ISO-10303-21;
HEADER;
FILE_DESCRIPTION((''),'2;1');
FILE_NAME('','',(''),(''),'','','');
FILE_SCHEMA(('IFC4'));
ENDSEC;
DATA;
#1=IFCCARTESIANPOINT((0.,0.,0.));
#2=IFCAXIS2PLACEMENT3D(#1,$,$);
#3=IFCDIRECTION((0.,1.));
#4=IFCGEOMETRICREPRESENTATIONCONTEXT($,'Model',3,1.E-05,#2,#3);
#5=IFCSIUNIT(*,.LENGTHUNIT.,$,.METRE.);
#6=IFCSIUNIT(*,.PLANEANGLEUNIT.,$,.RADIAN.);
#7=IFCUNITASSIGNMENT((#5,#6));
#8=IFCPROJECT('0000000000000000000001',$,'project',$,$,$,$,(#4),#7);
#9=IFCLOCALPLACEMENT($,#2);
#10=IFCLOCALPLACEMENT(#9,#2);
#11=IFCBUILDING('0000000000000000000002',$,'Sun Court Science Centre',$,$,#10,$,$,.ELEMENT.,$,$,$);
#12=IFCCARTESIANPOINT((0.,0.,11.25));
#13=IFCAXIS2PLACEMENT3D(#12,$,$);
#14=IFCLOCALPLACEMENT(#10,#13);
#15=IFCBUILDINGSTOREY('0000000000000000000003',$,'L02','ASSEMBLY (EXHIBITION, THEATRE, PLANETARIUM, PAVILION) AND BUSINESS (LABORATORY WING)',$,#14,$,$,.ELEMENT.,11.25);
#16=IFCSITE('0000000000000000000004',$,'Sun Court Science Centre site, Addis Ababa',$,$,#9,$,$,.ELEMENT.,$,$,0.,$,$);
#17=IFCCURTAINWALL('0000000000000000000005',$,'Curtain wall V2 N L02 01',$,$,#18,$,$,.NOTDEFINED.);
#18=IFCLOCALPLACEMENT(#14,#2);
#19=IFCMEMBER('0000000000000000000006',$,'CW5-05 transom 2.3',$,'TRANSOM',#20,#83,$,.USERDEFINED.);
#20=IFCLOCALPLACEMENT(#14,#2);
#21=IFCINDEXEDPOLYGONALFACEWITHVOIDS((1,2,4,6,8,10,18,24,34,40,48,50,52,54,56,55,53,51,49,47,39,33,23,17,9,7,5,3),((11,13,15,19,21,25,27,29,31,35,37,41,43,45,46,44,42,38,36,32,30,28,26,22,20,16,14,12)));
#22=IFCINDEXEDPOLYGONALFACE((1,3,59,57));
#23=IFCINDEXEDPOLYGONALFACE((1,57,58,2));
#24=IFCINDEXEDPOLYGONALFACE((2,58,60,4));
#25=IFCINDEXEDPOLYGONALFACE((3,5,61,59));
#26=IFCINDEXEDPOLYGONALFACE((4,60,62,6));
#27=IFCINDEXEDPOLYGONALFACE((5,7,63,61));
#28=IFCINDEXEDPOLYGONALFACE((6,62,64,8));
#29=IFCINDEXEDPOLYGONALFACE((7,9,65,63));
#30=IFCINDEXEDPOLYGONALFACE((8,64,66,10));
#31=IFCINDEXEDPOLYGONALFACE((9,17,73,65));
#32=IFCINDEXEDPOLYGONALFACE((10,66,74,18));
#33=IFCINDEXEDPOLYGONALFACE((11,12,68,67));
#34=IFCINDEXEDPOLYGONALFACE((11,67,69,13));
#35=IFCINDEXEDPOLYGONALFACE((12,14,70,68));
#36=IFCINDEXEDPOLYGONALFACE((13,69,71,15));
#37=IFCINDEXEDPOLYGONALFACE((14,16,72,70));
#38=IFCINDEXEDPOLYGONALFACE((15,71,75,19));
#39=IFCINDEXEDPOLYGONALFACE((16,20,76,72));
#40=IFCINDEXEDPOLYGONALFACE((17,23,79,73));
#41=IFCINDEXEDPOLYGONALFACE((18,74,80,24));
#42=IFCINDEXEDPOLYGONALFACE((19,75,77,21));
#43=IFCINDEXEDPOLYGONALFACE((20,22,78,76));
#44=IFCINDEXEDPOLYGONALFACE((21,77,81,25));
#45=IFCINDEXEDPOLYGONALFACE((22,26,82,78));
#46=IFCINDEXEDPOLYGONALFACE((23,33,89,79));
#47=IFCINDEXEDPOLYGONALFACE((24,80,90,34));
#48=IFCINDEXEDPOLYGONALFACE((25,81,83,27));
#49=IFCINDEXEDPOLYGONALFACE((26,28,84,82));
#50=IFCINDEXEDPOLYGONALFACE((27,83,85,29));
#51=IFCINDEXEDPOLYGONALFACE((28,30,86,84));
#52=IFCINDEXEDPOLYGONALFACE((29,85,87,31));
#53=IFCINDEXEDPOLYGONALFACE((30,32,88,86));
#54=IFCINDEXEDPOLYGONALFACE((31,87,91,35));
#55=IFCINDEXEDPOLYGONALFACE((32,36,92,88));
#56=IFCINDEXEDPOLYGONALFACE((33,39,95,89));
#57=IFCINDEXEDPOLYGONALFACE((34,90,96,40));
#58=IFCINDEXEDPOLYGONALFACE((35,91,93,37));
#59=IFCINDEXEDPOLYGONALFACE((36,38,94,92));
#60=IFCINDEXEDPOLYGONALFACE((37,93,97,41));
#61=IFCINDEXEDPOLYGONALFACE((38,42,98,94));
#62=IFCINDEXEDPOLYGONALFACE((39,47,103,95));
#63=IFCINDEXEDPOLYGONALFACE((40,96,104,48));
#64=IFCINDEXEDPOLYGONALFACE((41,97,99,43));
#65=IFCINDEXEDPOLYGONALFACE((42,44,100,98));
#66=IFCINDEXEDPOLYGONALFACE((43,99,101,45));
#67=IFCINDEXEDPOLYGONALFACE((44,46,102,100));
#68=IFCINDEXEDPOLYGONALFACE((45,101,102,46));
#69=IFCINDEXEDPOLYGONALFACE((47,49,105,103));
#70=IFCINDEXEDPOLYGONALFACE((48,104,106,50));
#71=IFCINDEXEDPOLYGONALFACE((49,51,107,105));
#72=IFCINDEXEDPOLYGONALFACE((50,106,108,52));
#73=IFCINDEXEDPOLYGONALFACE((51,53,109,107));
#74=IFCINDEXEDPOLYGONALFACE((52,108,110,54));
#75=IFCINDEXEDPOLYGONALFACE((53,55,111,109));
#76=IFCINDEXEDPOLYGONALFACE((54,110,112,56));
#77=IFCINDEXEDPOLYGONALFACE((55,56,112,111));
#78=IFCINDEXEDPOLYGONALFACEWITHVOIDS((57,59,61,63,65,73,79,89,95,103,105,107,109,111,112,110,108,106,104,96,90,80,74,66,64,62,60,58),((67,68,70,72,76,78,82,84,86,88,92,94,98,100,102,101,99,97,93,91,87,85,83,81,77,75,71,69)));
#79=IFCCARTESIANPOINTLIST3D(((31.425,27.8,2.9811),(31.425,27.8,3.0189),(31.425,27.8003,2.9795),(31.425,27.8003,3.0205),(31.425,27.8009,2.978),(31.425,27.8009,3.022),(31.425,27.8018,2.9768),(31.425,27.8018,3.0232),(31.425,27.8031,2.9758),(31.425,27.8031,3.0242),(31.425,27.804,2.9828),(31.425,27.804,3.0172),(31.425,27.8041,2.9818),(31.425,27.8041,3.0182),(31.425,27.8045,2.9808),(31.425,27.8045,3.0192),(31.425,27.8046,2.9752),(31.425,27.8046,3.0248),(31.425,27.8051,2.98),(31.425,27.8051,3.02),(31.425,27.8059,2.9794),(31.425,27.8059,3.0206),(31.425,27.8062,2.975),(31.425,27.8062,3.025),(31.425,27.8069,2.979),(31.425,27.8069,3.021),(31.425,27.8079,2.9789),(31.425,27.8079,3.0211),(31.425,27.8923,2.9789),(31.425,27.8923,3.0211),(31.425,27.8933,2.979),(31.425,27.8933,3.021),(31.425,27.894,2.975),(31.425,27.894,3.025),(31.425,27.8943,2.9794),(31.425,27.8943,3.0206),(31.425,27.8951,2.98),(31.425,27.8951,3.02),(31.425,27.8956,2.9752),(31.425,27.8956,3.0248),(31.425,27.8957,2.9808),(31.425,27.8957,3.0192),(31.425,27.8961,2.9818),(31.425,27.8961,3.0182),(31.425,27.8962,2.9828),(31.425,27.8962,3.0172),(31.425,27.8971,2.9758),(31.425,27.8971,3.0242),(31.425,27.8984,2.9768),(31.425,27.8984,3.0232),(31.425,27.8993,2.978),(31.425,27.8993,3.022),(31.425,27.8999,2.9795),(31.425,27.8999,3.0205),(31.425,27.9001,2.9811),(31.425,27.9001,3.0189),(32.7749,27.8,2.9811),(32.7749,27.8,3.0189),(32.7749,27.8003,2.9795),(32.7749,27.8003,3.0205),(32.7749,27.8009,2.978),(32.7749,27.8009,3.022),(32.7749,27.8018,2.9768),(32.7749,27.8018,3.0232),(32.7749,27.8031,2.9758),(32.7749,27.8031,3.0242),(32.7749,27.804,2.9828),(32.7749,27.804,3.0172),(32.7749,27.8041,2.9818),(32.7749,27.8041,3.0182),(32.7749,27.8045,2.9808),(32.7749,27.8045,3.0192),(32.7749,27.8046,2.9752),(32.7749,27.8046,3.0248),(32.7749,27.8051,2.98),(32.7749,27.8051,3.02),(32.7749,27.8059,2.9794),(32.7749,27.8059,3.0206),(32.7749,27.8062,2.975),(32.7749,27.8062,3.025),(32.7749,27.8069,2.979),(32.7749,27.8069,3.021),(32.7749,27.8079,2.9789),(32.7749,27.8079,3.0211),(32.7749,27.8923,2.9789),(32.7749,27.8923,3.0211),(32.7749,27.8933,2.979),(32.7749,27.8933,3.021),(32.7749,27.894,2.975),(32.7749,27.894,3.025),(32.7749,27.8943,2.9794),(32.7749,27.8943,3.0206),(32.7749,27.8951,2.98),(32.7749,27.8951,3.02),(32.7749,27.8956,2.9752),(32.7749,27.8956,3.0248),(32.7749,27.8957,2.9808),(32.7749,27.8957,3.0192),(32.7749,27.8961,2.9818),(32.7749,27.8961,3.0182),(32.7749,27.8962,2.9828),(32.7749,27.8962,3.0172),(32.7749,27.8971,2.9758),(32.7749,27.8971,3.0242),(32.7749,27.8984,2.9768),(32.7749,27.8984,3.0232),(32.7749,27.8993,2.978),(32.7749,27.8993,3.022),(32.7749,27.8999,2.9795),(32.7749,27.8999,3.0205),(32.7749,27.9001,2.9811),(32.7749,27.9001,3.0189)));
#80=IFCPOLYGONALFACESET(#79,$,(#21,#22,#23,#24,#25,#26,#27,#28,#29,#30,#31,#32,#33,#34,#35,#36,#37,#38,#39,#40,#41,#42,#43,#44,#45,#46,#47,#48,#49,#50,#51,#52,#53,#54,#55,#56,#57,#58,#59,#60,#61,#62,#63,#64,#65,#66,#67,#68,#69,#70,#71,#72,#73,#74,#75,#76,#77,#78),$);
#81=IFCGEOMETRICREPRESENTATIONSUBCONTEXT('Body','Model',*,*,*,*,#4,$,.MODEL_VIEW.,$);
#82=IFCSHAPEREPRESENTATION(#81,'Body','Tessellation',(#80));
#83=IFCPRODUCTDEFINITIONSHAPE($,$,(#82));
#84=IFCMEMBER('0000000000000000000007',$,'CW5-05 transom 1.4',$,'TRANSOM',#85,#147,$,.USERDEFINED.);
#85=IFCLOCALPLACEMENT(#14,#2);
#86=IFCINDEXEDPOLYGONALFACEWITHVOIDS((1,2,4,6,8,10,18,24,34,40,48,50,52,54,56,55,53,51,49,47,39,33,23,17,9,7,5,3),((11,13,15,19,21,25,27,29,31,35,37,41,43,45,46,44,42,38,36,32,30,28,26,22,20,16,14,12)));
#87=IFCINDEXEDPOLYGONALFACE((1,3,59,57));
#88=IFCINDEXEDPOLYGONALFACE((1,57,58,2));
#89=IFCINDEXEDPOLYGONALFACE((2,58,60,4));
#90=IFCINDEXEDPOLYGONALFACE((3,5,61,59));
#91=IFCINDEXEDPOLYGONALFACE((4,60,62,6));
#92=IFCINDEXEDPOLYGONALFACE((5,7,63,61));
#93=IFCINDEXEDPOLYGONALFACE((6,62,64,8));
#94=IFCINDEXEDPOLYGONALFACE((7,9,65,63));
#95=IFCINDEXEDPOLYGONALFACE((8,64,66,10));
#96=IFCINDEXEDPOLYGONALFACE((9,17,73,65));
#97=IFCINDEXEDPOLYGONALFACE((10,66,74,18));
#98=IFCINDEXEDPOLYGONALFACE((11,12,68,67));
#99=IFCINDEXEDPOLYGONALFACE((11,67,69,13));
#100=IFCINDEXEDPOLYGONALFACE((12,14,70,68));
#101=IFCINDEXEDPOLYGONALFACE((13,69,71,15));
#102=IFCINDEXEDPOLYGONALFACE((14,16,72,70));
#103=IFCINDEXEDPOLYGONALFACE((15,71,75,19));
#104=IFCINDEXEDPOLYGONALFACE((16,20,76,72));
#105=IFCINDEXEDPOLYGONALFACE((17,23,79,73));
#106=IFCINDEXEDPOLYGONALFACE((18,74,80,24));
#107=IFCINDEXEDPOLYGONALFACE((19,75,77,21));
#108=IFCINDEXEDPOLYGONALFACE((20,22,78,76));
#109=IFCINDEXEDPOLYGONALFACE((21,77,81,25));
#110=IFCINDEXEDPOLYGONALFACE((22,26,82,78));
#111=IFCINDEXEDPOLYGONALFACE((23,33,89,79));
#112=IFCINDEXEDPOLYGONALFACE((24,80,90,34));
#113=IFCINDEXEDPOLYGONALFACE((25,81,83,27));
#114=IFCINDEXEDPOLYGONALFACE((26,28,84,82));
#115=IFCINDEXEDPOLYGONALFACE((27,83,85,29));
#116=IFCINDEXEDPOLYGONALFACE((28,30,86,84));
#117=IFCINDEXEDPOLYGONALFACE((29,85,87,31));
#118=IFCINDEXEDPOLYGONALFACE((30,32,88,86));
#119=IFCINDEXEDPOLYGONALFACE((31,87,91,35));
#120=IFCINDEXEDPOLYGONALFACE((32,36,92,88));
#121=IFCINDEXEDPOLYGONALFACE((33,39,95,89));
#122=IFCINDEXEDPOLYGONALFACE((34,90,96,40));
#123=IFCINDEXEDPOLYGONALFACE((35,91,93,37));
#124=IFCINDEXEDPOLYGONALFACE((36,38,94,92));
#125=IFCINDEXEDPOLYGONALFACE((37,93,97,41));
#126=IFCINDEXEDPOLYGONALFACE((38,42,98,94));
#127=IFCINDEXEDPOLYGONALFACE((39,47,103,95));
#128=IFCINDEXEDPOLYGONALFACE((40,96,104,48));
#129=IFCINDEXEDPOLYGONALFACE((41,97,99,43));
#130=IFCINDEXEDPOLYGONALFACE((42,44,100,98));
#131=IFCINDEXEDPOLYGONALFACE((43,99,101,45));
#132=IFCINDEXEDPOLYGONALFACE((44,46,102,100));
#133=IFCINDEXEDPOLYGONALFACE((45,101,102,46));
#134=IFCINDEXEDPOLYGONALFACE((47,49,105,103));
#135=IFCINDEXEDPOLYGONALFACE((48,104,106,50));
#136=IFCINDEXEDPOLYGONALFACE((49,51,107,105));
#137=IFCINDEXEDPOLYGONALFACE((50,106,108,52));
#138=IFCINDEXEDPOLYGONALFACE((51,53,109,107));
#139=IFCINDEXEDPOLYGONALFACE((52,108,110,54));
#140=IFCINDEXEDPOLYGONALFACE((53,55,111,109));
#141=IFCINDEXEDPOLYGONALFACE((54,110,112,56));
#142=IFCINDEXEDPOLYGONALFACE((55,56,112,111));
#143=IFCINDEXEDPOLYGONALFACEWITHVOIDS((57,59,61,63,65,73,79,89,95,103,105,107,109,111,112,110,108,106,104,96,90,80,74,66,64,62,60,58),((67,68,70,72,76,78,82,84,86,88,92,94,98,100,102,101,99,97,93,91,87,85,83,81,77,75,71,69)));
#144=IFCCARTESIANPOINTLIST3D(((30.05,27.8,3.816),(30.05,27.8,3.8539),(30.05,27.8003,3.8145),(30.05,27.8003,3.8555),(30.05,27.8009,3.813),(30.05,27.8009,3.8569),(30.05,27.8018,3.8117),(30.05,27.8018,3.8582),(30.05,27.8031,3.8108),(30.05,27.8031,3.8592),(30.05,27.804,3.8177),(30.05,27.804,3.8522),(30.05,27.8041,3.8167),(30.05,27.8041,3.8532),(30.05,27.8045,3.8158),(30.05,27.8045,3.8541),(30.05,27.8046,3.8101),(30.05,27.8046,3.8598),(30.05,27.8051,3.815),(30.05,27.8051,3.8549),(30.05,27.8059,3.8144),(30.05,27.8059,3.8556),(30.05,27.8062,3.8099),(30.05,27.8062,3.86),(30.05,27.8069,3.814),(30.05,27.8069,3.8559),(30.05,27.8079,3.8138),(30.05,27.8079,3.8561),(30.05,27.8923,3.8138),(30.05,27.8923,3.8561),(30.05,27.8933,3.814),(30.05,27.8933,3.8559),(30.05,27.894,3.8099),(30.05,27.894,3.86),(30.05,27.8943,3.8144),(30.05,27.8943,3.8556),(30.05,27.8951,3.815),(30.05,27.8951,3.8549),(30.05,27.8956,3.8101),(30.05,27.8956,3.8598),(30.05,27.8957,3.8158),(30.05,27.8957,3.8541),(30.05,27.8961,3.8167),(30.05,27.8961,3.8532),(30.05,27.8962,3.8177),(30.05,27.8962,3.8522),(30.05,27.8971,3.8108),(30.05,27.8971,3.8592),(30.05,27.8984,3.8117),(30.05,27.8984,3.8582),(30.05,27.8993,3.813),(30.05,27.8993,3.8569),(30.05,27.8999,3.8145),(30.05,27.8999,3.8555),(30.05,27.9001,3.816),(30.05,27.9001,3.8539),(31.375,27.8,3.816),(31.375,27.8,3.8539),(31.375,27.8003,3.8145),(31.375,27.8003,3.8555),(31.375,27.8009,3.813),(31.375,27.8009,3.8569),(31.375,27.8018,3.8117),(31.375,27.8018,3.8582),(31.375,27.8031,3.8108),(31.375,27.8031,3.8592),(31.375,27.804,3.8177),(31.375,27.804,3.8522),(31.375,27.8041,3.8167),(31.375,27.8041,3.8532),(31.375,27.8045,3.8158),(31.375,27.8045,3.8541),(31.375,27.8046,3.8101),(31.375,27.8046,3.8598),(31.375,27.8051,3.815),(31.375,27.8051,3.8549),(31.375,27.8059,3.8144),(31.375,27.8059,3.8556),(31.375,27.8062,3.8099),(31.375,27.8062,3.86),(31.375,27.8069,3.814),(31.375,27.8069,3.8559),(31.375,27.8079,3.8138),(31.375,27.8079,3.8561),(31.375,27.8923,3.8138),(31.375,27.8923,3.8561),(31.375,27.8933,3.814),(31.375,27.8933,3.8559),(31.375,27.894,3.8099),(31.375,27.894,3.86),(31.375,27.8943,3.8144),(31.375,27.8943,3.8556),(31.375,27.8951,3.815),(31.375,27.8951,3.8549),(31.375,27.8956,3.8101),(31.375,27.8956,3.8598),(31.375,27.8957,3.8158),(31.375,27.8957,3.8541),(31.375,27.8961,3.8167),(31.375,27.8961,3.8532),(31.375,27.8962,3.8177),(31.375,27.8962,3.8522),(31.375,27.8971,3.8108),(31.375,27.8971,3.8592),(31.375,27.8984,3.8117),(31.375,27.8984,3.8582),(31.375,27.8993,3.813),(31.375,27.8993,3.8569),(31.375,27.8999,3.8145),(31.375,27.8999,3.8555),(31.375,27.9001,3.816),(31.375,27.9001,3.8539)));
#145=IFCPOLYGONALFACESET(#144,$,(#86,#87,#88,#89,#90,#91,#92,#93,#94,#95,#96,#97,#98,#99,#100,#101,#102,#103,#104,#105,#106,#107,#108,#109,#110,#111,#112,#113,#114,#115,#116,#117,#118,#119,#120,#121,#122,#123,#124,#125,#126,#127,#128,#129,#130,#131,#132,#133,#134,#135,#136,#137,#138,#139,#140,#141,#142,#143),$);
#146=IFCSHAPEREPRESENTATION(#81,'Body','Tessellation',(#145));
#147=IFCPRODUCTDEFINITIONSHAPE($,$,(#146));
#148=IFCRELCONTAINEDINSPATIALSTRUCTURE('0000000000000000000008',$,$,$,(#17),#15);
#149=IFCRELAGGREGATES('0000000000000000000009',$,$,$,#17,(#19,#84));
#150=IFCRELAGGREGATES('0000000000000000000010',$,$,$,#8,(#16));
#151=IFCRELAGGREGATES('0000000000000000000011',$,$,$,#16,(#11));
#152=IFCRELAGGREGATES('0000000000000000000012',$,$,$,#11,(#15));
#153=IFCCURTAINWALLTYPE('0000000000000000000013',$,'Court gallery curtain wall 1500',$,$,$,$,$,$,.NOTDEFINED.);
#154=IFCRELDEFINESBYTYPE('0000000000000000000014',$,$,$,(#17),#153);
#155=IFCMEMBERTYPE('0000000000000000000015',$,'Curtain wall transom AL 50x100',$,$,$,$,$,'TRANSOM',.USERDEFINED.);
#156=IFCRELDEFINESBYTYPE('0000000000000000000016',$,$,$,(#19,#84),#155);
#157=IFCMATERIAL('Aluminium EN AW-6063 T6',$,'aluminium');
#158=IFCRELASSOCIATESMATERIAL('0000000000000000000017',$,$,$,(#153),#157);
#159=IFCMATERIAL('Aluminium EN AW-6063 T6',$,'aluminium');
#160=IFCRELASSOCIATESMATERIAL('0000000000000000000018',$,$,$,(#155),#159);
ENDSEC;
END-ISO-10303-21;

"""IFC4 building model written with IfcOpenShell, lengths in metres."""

from ifc_helpers import new_model, si_unit, direction, frame, origin, origin_2d, place, context, subcontext, project, spatial, hollow_rectangle, extrude, material, material_profile, profile_set, type_object, element, aggregate, save


model = new_model("IFC4")

# Units and contexts
model_context = context("Model", 3, precision=1e-05, world=origin(), true_north=direction((0.0, 1.0)))
body_context = subcontext(model_context, "Body", "Model", "MODEL_VIEW")
ifc_project = project(units=[si_unit("LENGTHUNIT", "METRE"), si_unit("PLANEANGLEUNIT", "RADIAN")], contexts=[model_context])

# Site, building, storey
site_placement = place(None, origin())
site = spatial("IfcSite", under=ifc_project, at=site_placement, Name="Sun Court Science Centre site, Addis Ababa", CompositionType="ELEMENT", RefElevation=0.0)
building_placement = place(site_placement, origin())
building = spatial("IfcBuilding", under=site, at=building_placement, Name="Sun Court Science Centre", CompositionType="ELEMENT")
storey_placement = place(building_placement, frame((0.0, 0.0, 11.25)))
storey = spatial("IfcBuildingStorey", under=building, at=storey_placement, Name="L02", Description="ASSEMBLY (EXHIBITION, THEATRE, PLANETARIUM, PAVILION) AND BUSINESS (LABORATORY WING)", CompositionType="ELEMENT", Elevation=11.25)

# Curtain wall, members
ifc_material_1 = material(Name="Aluminium EN AW-6063 T6", Category="aluminium")
curtain_wall_type = type_object("IfcCurtainWallType", Name="Court gallery curtain wall 1500", PredefinedType="NOTDEFINED", material=ifc_material_1)
curtain_wall_placement = place(storey_placement, origin())
curtain_wall = element("IfcCurtainWall", 1, at=curtain_wall_placement, inside=storey, type_object=curtain_wall_type, Name="Curtain wall V2 N L02 01", PredefinedType="NOTDEFINED")
ifc_material_2 = material(Name="Aluminium EN AW-6063 T6", Category="aluminium")
ifc_material_profile_1 = material_profile(ifc_material_2, hollow_rectangle(XDim=0.05, YDim=0.1001, WallThickness=0.0039, InnerFilletRadius=0.0039, OuterFilletRadius=0.0061, at=origin_2d()), Name="AL 50x100x4")
ifc_profile_set_1 = profile_set([ifc_material_profile_1], Name="Aluminium EN AW-6063 T6")
member_type_1 = type_object("IfcMemberType", Name="Curtain wall transom AL 50x100", ElementType="TRANSOM", PredefinedType="USERDEFINED", material=ifc_profile_set_1)
member_1_placement = place(storey_placement, frame((31.425, 27.8501, 3.0), z_axis=(1.0, 0.0, 0.0), x_axis=(0.0, 0.0, 1.0)))
member_1 = element("IfcMember", 2, at=member_1_placement, type_object=member_type_1, Name="CW5-05 transom 2.3", ObjectType="TRANSOM", PredefinedType="USERDEFINED", context=body_context, shape_type="SweptSolid", body=[
    extrude(hollow_rectangle(XDim=0.05, YDim=0.1001, WallThickness=0.0039, InnerFilletRadius=0.0039, OuterFilletRadius=0.0061, at=origin_2d()), origin(), (0.0, 0.0, 1.0), 1.3499),
])
member_2_placement = place(storey_placement, frame((30.05, 27.8501, 3.835), z_axis=(1.0, 0.0, 0.0), x_axis=(0.0, 0.0, 1.0)))
member_2 = element("IfcMember", 3, at=member_2_placement, type_object=member_type_1, Name="CW5-05 transom 1.4", ObjectType="TRANSOM", PredefinedType="USERDEFINED", context=body_context, shape_type="SweptSolid", body=[
    extrude(hollow_rectangle(XDim=0.05, YDim=0.1001, WallThickness=0.0039, InnerFilletRadius=0.0039, OuterFilletRadius=0.0061, at=origin_2d()), origin(), (0.0, 0.0, 1.0), 1.325),
])

aggregate(curtain_wall, [member_1, member_2])

save(model, "model.ifc")
